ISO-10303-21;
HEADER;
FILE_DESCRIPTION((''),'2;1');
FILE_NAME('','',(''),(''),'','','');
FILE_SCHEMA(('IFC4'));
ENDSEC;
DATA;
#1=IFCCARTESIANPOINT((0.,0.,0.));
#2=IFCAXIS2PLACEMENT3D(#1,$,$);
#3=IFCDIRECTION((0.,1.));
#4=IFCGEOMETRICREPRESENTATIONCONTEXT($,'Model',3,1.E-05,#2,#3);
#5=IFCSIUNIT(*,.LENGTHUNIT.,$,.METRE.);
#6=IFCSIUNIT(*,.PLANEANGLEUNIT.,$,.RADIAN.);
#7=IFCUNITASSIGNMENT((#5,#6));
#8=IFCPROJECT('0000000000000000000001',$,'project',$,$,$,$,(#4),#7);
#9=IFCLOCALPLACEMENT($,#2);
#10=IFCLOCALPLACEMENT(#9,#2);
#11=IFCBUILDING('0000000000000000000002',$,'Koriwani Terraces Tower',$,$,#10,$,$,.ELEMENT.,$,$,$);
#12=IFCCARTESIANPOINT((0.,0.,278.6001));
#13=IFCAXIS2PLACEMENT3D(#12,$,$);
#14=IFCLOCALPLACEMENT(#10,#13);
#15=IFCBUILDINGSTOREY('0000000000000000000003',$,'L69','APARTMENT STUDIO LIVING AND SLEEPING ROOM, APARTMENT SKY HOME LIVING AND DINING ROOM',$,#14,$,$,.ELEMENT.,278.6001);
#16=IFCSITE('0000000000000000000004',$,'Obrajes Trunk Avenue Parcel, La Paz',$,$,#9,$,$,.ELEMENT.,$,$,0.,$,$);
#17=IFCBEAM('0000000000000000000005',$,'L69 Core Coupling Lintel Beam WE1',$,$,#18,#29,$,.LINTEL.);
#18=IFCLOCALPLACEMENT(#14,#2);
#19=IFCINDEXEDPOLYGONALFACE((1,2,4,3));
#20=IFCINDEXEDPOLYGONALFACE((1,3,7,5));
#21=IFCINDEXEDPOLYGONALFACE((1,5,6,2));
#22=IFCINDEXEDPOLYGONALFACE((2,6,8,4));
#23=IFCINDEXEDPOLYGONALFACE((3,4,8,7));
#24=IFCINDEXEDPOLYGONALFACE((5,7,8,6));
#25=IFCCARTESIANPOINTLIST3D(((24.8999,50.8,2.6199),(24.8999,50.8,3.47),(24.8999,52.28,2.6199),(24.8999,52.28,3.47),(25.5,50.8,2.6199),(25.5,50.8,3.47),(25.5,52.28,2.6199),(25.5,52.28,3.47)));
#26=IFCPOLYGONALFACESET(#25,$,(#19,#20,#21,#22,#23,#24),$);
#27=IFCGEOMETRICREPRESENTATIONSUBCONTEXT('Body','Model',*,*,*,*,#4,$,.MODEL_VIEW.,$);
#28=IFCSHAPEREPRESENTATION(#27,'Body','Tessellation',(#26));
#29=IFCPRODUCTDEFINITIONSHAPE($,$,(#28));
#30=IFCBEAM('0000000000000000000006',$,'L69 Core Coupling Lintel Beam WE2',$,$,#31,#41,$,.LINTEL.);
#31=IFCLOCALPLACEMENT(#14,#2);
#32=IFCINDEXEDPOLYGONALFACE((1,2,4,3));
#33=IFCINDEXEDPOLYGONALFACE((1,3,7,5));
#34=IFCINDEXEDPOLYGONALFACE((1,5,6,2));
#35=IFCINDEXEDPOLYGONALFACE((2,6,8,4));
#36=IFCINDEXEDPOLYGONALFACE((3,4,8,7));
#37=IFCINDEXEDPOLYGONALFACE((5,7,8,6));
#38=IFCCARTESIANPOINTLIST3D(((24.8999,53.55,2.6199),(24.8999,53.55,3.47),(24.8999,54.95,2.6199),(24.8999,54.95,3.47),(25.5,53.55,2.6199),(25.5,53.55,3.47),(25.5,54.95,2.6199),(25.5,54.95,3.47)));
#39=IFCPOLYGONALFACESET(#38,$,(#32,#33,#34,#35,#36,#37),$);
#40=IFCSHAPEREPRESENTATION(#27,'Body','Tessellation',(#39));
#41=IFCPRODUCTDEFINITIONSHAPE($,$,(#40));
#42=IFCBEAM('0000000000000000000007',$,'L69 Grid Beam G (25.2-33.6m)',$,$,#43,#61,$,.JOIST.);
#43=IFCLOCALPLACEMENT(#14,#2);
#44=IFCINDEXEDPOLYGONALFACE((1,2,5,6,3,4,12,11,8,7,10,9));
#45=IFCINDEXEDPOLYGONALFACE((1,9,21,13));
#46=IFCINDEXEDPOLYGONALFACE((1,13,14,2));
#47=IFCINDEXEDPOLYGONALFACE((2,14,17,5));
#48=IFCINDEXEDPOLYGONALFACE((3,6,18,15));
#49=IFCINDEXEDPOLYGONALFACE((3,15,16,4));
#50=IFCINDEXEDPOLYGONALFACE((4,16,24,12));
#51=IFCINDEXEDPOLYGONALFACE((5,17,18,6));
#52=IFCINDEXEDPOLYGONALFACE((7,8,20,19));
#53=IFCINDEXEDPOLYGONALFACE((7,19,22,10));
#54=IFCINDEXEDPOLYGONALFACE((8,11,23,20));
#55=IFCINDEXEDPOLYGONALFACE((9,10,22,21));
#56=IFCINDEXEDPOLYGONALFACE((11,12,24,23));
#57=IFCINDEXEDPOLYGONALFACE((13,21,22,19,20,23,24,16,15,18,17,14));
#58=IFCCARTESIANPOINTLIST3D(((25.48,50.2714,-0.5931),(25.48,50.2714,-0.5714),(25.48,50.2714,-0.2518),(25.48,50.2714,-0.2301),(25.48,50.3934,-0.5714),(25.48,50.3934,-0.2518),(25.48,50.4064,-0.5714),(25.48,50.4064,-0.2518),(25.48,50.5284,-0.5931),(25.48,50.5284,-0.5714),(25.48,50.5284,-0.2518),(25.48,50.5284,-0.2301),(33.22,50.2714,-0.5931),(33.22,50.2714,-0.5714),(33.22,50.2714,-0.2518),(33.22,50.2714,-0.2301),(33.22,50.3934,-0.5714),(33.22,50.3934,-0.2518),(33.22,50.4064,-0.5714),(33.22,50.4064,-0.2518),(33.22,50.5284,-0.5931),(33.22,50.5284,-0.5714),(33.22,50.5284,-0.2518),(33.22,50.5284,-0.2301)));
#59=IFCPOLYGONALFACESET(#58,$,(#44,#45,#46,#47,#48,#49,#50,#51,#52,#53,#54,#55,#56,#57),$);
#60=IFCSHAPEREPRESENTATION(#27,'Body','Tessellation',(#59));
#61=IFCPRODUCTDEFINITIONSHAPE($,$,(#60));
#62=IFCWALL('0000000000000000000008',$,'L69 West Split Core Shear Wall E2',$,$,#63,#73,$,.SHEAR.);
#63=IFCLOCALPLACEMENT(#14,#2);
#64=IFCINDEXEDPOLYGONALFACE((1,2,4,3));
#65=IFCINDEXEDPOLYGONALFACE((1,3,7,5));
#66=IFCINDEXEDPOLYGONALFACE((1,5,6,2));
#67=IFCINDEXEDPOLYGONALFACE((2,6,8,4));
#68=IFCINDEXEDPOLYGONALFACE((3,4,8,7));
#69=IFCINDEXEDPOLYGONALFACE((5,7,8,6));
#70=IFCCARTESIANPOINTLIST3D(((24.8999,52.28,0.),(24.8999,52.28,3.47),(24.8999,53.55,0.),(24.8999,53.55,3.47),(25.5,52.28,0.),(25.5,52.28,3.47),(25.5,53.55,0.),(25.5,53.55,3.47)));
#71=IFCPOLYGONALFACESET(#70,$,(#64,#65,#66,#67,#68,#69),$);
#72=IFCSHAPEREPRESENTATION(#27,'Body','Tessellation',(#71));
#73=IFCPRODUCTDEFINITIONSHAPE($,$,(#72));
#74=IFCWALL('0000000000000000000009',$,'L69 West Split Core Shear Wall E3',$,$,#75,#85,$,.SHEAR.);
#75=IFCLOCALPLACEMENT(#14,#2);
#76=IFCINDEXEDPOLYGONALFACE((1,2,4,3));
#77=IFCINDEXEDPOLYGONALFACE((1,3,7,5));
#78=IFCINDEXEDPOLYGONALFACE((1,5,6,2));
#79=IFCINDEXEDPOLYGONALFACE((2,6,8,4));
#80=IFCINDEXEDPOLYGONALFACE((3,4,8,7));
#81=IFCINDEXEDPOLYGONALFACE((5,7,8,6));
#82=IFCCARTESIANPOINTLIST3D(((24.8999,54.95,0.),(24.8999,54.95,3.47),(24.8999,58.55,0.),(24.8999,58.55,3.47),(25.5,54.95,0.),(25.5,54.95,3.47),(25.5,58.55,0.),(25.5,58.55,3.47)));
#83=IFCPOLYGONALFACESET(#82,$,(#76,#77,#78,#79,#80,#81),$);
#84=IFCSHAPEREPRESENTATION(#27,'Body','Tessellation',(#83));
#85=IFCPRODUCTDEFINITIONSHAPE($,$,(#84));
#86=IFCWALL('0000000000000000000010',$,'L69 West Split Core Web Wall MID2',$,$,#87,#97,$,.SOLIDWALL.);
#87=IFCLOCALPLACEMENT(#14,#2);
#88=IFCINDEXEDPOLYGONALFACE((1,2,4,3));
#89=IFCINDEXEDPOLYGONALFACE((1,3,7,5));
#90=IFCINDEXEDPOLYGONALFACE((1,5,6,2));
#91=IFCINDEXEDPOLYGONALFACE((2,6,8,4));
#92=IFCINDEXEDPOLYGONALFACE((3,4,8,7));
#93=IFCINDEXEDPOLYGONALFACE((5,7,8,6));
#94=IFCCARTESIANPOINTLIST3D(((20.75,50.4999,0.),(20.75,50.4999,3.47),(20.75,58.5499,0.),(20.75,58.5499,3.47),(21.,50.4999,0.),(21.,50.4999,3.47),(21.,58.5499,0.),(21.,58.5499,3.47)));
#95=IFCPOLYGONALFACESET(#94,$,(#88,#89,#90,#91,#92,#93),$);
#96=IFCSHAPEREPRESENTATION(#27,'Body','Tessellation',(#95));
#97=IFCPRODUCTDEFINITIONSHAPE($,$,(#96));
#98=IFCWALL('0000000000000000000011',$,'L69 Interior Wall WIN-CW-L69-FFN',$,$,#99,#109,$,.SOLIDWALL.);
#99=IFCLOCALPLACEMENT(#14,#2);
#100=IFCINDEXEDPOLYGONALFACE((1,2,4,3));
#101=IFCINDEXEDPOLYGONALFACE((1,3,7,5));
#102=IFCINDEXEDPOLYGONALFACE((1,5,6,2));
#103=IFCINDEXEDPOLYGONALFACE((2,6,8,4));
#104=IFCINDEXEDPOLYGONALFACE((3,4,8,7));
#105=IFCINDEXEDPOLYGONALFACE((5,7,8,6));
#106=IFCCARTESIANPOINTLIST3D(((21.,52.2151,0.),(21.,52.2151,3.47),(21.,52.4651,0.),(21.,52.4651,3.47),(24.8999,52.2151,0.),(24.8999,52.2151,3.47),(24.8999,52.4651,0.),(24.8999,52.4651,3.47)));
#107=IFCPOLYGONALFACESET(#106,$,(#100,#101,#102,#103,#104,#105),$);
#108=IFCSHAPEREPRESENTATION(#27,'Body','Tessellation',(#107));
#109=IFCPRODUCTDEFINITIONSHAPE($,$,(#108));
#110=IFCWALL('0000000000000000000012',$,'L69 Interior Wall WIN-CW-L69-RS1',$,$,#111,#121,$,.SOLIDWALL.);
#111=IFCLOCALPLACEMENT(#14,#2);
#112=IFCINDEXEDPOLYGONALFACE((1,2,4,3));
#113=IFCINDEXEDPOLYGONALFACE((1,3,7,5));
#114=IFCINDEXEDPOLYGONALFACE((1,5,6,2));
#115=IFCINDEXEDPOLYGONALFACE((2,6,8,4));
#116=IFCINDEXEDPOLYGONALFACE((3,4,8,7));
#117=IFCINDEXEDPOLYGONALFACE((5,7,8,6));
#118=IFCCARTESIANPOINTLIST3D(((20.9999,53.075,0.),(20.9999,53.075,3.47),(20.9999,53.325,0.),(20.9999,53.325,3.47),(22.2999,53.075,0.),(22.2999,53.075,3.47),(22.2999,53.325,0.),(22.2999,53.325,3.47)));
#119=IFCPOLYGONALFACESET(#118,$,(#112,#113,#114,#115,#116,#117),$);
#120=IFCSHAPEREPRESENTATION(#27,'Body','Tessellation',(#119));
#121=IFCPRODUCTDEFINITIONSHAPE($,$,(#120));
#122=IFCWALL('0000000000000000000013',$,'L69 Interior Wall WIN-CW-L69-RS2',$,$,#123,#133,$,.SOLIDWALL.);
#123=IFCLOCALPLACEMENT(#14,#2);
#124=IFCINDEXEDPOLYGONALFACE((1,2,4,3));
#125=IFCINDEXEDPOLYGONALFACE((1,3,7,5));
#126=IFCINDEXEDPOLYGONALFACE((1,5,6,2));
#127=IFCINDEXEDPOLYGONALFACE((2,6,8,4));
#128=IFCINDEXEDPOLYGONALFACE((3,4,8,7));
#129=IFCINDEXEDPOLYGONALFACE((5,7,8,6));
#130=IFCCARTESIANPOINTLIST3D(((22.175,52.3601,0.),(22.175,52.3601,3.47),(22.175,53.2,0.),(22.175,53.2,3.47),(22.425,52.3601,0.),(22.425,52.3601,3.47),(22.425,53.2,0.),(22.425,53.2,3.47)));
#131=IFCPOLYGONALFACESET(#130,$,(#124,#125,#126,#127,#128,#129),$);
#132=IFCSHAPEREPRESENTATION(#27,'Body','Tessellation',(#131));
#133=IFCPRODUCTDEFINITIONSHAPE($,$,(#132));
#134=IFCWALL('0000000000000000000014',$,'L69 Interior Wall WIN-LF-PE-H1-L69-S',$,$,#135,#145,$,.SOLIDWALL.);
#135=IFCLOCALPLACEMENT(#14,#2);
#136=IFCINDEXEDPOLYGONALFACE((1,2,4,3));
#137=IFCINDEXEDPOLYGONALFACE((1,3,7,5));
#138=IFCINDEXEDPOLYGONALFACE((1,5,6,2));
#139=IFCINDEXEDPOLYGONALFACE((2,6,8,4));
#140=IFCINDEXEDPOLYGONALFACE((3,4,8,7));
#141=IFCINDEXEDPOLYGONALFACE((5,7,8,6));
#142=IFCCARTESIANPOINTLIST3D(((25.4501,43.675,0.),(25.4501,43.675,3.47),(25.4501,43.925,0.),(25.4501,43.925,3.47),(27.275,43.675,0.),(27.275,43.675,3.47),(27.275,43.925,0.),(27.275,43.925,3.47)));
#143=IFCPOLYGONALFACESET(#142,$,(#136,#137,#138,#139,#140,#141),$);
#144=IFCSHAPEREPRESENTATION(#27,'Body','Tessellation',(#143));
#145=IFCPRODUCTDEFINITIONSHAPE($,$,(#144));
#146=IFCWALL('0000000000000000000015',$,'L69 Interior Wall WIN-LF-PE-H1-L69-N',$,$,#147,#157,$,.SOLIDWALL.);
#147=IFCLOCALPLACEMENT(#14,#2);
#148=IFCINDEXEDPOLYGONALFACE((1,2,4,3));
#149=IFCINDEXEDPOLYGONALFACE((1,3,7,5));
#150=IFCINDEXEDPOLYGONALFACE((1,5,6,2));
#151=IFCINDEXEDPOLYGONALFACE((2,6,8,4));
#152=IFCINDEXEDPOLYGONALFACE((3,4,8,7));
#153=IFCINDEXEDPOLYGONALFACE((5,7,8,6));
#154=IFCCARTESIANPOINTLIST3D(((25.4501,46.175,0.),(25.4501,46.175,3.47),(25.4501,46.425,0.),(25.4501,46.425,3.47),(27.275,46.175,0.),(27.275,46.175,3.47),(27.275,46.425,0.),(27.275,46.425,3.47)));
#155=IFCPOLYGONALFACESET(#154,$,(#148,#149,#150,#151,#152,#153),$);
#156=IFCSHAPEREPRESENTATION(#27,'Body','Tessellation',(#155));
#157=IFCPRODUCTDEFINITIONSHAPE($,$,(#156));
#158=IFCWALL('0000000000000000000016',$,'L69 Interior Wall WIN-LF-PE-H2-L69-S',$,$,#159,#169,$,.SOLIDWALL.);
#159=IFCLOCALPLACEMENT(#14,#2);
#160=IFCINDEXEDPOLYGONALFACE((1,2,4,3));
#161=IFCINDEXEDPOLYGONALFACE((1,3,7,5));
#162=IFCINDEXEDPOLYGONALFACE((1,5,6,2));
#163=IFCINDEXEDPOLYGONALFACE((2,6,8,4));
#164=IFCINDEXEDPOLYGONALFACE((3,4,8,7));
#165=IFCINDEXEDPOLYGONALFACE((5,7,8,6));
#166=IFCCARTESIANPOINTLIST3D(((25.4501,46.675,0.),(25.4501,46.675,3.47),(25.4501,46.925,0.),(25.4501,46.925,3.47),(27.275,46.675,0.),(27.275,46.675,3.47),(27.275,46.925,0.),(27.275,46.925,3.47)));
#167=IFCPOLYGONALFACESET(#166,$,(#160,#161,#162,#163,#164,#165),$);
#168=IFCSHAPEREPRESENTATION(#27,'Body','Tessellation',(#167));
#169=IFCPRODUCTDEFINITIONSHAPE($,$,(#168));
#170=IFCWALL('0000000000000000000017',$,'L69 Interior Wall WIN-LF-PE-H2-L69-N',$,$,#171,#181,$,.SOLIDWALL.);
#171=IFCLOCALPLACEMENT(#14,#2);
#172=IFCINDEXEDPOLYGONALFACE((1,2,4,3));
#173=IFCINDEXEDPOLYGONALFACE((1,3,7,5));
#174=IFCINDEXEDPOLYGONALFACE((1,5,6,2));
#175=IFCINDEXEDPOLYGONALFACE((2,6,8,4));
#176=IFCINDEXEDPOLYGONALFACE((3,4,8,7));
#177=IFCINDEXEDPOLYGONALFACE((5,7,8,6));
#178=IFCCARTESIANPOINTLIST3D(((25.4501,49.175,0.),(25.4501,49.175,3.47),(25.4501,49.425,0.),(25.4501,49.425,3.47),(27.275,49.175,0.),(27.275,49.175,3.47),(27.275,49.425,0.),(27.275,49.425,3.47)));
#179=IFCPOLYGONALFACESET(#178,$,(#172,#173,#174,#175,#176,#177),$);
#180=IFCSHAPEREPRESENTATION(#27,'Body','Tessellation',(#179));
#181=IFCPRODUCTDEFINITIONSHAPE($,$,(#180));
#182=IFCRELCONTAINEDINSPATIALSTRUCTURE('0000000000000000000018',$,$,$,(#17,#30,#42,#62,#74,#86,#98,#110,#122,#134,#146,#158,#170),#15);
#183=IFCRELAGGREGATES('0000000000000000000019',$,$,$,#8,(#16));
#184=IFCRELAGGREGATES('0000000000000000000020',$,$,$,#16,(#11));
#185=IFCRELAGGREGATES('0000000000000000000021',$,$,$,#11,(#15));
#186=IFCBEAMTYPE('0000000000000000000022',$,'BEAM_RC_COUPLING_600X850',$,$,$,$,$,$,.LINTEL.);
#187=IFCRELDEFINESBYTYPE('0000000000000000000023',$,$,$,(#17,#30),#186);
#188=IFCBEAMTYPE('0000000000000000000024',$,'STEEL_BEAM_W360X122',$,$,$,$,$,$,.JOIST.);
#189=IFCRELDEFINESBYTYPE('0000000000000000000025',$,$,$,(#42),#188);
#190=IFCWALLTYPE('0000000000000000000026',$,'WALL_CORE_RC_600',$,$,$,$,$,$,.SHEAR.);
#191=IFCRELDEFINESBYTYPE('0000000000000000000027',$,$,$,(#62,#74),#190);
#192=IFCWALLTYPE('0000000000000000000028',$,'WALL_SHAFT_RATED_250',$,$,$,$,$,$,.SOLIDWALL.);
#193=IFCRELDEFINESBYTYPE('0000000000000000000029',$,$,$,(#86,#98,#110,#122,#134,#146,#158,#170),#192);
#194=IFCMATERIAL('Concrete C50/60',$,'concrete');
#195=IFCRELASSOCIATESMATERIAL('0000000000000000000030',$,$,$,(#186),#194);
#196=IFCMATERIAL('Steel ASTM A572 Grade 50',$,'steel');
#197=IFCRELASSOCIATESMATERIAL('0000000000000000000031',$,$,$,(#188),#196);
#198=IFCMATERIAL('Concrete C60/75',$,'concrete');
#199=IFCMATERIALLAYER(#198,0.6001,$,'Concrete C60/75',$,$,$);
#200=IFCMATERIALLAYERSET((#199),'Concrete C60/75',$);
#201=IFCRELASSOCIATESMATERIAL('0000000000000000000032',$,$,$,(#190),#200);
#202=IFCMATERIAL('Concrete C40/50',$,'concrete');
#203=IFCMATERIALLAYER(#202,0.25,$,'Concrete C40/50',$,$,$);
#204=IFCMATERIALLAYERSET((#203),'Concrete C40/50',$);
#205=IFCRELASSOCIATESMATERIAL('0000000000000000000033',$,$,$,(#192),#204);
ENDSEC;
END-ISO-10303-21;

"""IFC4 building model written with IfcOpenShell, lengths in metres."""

from ifc_helpers import new_model, si_unit, direction, frame, frame_2d, origin, origin_2d, place, context, subcontext, project, spatial, rectangle, i_section, extrude, material, layer, layer_set, material_profile, profile_set, type_object, element, save


model = new_model("IFC4")

# Units and contexts
model_context = context("Model", 3, precision=1e-05, world=origin(), true_north=direction((0.0, 1.0)))
body_context = subcontext(model_context, "Body", "Model", "MODEL_VIEW")
ifc_project = project(units=[si_unit("LENGTHUNIT", "METRE"), si_unit("PLANEANGLEUNIT", "RADIAN")], contexts=[model_context])

# Site, building, storey
site_placement = place(None, origin())
site = spatial("IfcSite", under=ifc_project, at=site_placement, Name="Obrajes Trunk Avenue Parcel, La Paz", CompositionType="ELEMENT", RefElevation=0.0)
building_placement = place(site_placement, origin())
building = spatial("IfcBuilding", under=site, at=building_placement, Name="Koriwani Terraces Tower", CompositionType="ELEMENT")
storey_placement = place(building_placement, frame((0.0, 0.0, 278.6001)))
storey = spatial("IfcBuildingStorey", under=building, at=storey_placement, Name="L69", Description="APARTMENT STUDIO LIVING AND SLEEPING ROOM, APARTMENT SKY HOME LIVING AND DINING ROOM", CompositionType="ELEMENT", Elevation=278.6001)

# Beams
ifc_material_1 = material(Name="Concrete C50/60", Category="concrete")
ifc_material_profile_1 = material_profile(ifc_material_1, rectangle(XDim=0.6001, YDim=0.8501, at=origin_2d()), Name="Concrete C50/60", Category="LoadBearing")
ifc_profile_set_1 = profile_set([ifc_material_profile_1], Name="Concrete C50/60")
beam_type_1 = type_object("IfcBeamType", Name="BEAM_RC_COUPLING_600X850", PredefinedType="LINTEL", material=ifc_profile_set_1)
beam_1_placement = place(storey_placement, frame((25.2, 50.8, 3.0449), z_axis=(0.0, 1.0, 0.0), x_axis=(-1.0, 0.0, 0.0)))
element("IfcBeam", 1, at=beam_1_placement, inside=storey, type_object=beam_type_1, Name="L69 Core Coupling Lintel Beam WE1", PredefinedType="LINTEL", context=body_context, shape_type="SweptSolid", body=[
    extrude(rectangle(XDim=0.6001, YDim=0.8501, at=origin_2d()), origin(), (0.0, 0.0, 1.0), 1.48),
])
beam_2_placement = place(storey_placement, frame((25.2, 53.55, 3.0449), z_axis=(0.0, 1.0, 0.0), x_axis=(-1.0, 0.0, 0.0)))
element("IfcBeam", 2, at=beam_2_placement, inside=storey, type_object=beam_type_1, Name="L69 Core Coupling Lintel Beam WE2", PredefinedType="LINTEL", context=body_context, shape_type="SweptSolid", body=[
    extrude(rectangle(XDim=0.6001, YDim=0.8501, at=origin_2d()), origin(), (0.0, 0.0, 1.0), 1.3999),
])
ifc_material_2 = material(Name="Steel ASTM A572 Grade 50", Category="steel")
ifc_material_profile_2 = material_profile(ifc_material_2, i_section(OverallWidth=0.2571, OverallDepth=0.363, WebThickness=0.0129, FlangeThickness=0.0217, at=origin_2d()), Name="Steel ASTM A572 Grade 50", Category="LoadBearing")
ifc_profile_set_2 = profile_set([ifc_material_profile_2], Name="Steel ASTM A572 Grade 50")
beam_type_2 = type_object("IfcBeamType", Name="STEEL_BEAM_W360X122", PredefinedType="JOIST", material=ifc_profile_set_2)
beam_3_placement = place(storey_placement, frame((25.48, 50.3999, -0.4116), z_axis=(1.0, 0.0, 0.0), x_axis=(0.0, 1.0, 0.0)))
element("IfcBeam", 3, at=beam_3_placement, inside=storey, type_object=beam_type_2, Name="L69 Grid Beam G (25.2-33.6m)", PredefinedType="JOIST", context=body_context, shape_type="SweptSolid", body=[
    extrude(i_section(OverallWidth=0.2571, OverallDepth=0.363, WebThickness=0.0129, FlangeThickness=0.0217, at=origin_2d()), origin(), (0.0, 0.0, 1.0), 7.74),
])

# Walls
ifc_material_3 = material(Name="Concrete C60/75", Category="concrete")
ifc_layer_1 = layer(ifc_material_3, 0.6001, Name="Concrete C60/75")
ifc_layer_set_1 = layer_set([ifc_layer_1], Name="Concrete C60/75")
wall_type_1 = type_object("IfcWallType", Name="WALL_CORE_RC_600", PredefinedType="SHEAR", material=ifc_layer_set_1)
wall_1_placement = place(storey_placement, frame((25.2, 52.28, 0.0), z_axis=(0.0, 0.0, 1.0), x_axis=(0.0, 1.0, 0.0)))
element("IfcWall", 4, at=wall_1_placement, inside=storey, type_object=wall_type_1, Name="L69 West Split Core Shear Wall E2", PredefinedType="SHEAR", context=body_context, shape_type="SweptSolid", body=[
    extrude(rectangle(XDim=1.27, YDim=0.6001, at=frame_2d((0.635, 0.0))), origin(), (0.0, 0.0, 1.0), 3.47),
])
wall_2_placement = place(storey_placement, frame((25.2, 54.95, 0.0), z_axis=(0.0, 0.0, 1.0), x_axis=(0.0, 1.0, 0.0)))
element("IfcWall", 5, at=wall_2_placement, inside=storey, type_object=wall_type_1, Name="L69 West Split Core Shear Wall E3", PredefinedType="SHEAR", context=body_context, shape_type="SweptSolid", body=[
    extrude(rectangle(XDim=3.6001, YDim=0.6001, at=frame_2d((1.8, 0.0))), origin(), (0.0, 0.0, 1.0), 3.47),
])
ifc_material_4 = material(Name="Concrete C40/50", Category="concrete")
ifc_layer_2 = layer(ifc_material_4, 0.25, Name="Concrete C40/50")
ifc_layer_set_2 = layer_set([ifc_layer_2], Name="Concrete C40/50")
wall_type_2 = type_object("IfcWallType", Name="WALL_SHAFT_RATED_250", PredefinedType="SOLIDWALL", material=ifc_layer_set_2)
wall_3_placement = place(storey_placement, frame((20.875, 50.5, 0.0), z_axis=(0.0, 0.0, 1.0), x_axis=(0.0, 1.0, 0.0)))
element("IfcWall", 6, at=wall_3_placement, inside=storey, type_object=wall_type_2, Name="L69 West Split Core Web Wall MID2", PredefinedType="SOLIDWALL", context=body_context, shape_type="SweptSolid", body=[
    extrude(rectangle(XDim=8.05, YDim=0.25, at=frame_2d((4.0249, 0.0))), origin(), (0.0, 0.0, 1.0), 3.47),
])

# Wall
wall_4_placement = place(storey_placement, frame((21.0, 52.3401, 0.0), z_axis=(0.0, 0.0, 1.0), x_axis=(1.0, 0.0, 0.0)))
element("IfcWall", 7, at=wall_4_placement, inside=storey, type_object=wall_type_2, Name="L69 Interior Wall WIN-CW-L69-FFN", PredefinedType="SOLIDWALL", context=body_context, shape_type="SweptSolid", body=[
    extrude(rectangle(XDim=3.8999, YDim=0.25, at=frame_2d((1.95, 0.0))), origin(), (0.0, 0.0, 1.0), 3.47),
])

# Walls
wall_5_placement = place(storey_placement, frame((21.0, 53.2, 0.0), z_axis=(0.0, 0.0, 1.0), x_axis=(1.0, 0.0, 0.0)))
element("IfcWall", 8, at=wall_5_placement, inside=storey, type_object=wall_type_2, Name="L69 Interior Wall WIN-CW-L69-RS1", PredefinedType="SOLIDWALL", context=body_context, shape_type="SweptSolid", body=[
    extrude(rectangle(XDim=1.3, YDim=0.25, at=frame_2d((0.6499, 0.0))), origin(), (0.0, 0.0, 1.0), 3.47),
])
wall_6_placement = place(storey_placement, frame((22.3, 52.3601, 0.0), z_axis=(0.0, 0.0, 1.0), x_axis=(0.0, 1.0, 0.0)))
element("IfcWall", 9, at=wall_6_placement, inside=storey, type_object=wall_type_2, Name="L69 Interior Wall WIN-CW-L69-RS2", PredefinedType="SOLIDWALL", context=body_context, shape_type="SweptSolid", body=[
    extrude(rectangle(XDim=0.8398, YDim=0.25, at=frame_2d((0.4199, 0.0))), origin(), (0.0, 0.0, 1.0), 3.47),
])
for number, where, z_axis, x_axis, name in (
    (10, (25.45, 43.8, 0.0), (0.0, 0.0, 1.0), (1.0, 0.0, 0.0), "L69 Interior Wall WIN-LF-PE-H1-L69-S"),
    (11, (25.45, 46.3, 0.0), (0.0, 0.0, 1.0), (1.0, 0.0, 0.0), "L69 Interior Wall WIN-LF-PE-H1-L69-N"),
    (12, (25.45, 46.8, 0.0), (0.0, 0.0, 1.0), (1.0, 0.0, 0.0), "L69 Interior Wall WIN-LF-PE-H2-L69-S"),
    (13, (25.45, 49.3, 0.0), (0.0, 0.0, 1.0), (1.0, 0.0, 0.0), "L69 Interior Wall WIN-LF-PE-H2-L69-N"),
):
    element("IfcWall", number, at=place(storey_placement, frame(where, z_axis=z_axis, x_axis=x_axis)), inside=storey, type_object=wall_type_2, Name=name, PredefinedType="SOLIDWALL", context=body_context, shape_type="SweptSolid", body=[
        extrude(rectangle(XDim=1.825, YDim=0.25, at=frame_2d((0.9126, 0.0))), origin(), (0.0, 0.0, 1.0), 3.47),
    ])

save(model, "model.ifc")
